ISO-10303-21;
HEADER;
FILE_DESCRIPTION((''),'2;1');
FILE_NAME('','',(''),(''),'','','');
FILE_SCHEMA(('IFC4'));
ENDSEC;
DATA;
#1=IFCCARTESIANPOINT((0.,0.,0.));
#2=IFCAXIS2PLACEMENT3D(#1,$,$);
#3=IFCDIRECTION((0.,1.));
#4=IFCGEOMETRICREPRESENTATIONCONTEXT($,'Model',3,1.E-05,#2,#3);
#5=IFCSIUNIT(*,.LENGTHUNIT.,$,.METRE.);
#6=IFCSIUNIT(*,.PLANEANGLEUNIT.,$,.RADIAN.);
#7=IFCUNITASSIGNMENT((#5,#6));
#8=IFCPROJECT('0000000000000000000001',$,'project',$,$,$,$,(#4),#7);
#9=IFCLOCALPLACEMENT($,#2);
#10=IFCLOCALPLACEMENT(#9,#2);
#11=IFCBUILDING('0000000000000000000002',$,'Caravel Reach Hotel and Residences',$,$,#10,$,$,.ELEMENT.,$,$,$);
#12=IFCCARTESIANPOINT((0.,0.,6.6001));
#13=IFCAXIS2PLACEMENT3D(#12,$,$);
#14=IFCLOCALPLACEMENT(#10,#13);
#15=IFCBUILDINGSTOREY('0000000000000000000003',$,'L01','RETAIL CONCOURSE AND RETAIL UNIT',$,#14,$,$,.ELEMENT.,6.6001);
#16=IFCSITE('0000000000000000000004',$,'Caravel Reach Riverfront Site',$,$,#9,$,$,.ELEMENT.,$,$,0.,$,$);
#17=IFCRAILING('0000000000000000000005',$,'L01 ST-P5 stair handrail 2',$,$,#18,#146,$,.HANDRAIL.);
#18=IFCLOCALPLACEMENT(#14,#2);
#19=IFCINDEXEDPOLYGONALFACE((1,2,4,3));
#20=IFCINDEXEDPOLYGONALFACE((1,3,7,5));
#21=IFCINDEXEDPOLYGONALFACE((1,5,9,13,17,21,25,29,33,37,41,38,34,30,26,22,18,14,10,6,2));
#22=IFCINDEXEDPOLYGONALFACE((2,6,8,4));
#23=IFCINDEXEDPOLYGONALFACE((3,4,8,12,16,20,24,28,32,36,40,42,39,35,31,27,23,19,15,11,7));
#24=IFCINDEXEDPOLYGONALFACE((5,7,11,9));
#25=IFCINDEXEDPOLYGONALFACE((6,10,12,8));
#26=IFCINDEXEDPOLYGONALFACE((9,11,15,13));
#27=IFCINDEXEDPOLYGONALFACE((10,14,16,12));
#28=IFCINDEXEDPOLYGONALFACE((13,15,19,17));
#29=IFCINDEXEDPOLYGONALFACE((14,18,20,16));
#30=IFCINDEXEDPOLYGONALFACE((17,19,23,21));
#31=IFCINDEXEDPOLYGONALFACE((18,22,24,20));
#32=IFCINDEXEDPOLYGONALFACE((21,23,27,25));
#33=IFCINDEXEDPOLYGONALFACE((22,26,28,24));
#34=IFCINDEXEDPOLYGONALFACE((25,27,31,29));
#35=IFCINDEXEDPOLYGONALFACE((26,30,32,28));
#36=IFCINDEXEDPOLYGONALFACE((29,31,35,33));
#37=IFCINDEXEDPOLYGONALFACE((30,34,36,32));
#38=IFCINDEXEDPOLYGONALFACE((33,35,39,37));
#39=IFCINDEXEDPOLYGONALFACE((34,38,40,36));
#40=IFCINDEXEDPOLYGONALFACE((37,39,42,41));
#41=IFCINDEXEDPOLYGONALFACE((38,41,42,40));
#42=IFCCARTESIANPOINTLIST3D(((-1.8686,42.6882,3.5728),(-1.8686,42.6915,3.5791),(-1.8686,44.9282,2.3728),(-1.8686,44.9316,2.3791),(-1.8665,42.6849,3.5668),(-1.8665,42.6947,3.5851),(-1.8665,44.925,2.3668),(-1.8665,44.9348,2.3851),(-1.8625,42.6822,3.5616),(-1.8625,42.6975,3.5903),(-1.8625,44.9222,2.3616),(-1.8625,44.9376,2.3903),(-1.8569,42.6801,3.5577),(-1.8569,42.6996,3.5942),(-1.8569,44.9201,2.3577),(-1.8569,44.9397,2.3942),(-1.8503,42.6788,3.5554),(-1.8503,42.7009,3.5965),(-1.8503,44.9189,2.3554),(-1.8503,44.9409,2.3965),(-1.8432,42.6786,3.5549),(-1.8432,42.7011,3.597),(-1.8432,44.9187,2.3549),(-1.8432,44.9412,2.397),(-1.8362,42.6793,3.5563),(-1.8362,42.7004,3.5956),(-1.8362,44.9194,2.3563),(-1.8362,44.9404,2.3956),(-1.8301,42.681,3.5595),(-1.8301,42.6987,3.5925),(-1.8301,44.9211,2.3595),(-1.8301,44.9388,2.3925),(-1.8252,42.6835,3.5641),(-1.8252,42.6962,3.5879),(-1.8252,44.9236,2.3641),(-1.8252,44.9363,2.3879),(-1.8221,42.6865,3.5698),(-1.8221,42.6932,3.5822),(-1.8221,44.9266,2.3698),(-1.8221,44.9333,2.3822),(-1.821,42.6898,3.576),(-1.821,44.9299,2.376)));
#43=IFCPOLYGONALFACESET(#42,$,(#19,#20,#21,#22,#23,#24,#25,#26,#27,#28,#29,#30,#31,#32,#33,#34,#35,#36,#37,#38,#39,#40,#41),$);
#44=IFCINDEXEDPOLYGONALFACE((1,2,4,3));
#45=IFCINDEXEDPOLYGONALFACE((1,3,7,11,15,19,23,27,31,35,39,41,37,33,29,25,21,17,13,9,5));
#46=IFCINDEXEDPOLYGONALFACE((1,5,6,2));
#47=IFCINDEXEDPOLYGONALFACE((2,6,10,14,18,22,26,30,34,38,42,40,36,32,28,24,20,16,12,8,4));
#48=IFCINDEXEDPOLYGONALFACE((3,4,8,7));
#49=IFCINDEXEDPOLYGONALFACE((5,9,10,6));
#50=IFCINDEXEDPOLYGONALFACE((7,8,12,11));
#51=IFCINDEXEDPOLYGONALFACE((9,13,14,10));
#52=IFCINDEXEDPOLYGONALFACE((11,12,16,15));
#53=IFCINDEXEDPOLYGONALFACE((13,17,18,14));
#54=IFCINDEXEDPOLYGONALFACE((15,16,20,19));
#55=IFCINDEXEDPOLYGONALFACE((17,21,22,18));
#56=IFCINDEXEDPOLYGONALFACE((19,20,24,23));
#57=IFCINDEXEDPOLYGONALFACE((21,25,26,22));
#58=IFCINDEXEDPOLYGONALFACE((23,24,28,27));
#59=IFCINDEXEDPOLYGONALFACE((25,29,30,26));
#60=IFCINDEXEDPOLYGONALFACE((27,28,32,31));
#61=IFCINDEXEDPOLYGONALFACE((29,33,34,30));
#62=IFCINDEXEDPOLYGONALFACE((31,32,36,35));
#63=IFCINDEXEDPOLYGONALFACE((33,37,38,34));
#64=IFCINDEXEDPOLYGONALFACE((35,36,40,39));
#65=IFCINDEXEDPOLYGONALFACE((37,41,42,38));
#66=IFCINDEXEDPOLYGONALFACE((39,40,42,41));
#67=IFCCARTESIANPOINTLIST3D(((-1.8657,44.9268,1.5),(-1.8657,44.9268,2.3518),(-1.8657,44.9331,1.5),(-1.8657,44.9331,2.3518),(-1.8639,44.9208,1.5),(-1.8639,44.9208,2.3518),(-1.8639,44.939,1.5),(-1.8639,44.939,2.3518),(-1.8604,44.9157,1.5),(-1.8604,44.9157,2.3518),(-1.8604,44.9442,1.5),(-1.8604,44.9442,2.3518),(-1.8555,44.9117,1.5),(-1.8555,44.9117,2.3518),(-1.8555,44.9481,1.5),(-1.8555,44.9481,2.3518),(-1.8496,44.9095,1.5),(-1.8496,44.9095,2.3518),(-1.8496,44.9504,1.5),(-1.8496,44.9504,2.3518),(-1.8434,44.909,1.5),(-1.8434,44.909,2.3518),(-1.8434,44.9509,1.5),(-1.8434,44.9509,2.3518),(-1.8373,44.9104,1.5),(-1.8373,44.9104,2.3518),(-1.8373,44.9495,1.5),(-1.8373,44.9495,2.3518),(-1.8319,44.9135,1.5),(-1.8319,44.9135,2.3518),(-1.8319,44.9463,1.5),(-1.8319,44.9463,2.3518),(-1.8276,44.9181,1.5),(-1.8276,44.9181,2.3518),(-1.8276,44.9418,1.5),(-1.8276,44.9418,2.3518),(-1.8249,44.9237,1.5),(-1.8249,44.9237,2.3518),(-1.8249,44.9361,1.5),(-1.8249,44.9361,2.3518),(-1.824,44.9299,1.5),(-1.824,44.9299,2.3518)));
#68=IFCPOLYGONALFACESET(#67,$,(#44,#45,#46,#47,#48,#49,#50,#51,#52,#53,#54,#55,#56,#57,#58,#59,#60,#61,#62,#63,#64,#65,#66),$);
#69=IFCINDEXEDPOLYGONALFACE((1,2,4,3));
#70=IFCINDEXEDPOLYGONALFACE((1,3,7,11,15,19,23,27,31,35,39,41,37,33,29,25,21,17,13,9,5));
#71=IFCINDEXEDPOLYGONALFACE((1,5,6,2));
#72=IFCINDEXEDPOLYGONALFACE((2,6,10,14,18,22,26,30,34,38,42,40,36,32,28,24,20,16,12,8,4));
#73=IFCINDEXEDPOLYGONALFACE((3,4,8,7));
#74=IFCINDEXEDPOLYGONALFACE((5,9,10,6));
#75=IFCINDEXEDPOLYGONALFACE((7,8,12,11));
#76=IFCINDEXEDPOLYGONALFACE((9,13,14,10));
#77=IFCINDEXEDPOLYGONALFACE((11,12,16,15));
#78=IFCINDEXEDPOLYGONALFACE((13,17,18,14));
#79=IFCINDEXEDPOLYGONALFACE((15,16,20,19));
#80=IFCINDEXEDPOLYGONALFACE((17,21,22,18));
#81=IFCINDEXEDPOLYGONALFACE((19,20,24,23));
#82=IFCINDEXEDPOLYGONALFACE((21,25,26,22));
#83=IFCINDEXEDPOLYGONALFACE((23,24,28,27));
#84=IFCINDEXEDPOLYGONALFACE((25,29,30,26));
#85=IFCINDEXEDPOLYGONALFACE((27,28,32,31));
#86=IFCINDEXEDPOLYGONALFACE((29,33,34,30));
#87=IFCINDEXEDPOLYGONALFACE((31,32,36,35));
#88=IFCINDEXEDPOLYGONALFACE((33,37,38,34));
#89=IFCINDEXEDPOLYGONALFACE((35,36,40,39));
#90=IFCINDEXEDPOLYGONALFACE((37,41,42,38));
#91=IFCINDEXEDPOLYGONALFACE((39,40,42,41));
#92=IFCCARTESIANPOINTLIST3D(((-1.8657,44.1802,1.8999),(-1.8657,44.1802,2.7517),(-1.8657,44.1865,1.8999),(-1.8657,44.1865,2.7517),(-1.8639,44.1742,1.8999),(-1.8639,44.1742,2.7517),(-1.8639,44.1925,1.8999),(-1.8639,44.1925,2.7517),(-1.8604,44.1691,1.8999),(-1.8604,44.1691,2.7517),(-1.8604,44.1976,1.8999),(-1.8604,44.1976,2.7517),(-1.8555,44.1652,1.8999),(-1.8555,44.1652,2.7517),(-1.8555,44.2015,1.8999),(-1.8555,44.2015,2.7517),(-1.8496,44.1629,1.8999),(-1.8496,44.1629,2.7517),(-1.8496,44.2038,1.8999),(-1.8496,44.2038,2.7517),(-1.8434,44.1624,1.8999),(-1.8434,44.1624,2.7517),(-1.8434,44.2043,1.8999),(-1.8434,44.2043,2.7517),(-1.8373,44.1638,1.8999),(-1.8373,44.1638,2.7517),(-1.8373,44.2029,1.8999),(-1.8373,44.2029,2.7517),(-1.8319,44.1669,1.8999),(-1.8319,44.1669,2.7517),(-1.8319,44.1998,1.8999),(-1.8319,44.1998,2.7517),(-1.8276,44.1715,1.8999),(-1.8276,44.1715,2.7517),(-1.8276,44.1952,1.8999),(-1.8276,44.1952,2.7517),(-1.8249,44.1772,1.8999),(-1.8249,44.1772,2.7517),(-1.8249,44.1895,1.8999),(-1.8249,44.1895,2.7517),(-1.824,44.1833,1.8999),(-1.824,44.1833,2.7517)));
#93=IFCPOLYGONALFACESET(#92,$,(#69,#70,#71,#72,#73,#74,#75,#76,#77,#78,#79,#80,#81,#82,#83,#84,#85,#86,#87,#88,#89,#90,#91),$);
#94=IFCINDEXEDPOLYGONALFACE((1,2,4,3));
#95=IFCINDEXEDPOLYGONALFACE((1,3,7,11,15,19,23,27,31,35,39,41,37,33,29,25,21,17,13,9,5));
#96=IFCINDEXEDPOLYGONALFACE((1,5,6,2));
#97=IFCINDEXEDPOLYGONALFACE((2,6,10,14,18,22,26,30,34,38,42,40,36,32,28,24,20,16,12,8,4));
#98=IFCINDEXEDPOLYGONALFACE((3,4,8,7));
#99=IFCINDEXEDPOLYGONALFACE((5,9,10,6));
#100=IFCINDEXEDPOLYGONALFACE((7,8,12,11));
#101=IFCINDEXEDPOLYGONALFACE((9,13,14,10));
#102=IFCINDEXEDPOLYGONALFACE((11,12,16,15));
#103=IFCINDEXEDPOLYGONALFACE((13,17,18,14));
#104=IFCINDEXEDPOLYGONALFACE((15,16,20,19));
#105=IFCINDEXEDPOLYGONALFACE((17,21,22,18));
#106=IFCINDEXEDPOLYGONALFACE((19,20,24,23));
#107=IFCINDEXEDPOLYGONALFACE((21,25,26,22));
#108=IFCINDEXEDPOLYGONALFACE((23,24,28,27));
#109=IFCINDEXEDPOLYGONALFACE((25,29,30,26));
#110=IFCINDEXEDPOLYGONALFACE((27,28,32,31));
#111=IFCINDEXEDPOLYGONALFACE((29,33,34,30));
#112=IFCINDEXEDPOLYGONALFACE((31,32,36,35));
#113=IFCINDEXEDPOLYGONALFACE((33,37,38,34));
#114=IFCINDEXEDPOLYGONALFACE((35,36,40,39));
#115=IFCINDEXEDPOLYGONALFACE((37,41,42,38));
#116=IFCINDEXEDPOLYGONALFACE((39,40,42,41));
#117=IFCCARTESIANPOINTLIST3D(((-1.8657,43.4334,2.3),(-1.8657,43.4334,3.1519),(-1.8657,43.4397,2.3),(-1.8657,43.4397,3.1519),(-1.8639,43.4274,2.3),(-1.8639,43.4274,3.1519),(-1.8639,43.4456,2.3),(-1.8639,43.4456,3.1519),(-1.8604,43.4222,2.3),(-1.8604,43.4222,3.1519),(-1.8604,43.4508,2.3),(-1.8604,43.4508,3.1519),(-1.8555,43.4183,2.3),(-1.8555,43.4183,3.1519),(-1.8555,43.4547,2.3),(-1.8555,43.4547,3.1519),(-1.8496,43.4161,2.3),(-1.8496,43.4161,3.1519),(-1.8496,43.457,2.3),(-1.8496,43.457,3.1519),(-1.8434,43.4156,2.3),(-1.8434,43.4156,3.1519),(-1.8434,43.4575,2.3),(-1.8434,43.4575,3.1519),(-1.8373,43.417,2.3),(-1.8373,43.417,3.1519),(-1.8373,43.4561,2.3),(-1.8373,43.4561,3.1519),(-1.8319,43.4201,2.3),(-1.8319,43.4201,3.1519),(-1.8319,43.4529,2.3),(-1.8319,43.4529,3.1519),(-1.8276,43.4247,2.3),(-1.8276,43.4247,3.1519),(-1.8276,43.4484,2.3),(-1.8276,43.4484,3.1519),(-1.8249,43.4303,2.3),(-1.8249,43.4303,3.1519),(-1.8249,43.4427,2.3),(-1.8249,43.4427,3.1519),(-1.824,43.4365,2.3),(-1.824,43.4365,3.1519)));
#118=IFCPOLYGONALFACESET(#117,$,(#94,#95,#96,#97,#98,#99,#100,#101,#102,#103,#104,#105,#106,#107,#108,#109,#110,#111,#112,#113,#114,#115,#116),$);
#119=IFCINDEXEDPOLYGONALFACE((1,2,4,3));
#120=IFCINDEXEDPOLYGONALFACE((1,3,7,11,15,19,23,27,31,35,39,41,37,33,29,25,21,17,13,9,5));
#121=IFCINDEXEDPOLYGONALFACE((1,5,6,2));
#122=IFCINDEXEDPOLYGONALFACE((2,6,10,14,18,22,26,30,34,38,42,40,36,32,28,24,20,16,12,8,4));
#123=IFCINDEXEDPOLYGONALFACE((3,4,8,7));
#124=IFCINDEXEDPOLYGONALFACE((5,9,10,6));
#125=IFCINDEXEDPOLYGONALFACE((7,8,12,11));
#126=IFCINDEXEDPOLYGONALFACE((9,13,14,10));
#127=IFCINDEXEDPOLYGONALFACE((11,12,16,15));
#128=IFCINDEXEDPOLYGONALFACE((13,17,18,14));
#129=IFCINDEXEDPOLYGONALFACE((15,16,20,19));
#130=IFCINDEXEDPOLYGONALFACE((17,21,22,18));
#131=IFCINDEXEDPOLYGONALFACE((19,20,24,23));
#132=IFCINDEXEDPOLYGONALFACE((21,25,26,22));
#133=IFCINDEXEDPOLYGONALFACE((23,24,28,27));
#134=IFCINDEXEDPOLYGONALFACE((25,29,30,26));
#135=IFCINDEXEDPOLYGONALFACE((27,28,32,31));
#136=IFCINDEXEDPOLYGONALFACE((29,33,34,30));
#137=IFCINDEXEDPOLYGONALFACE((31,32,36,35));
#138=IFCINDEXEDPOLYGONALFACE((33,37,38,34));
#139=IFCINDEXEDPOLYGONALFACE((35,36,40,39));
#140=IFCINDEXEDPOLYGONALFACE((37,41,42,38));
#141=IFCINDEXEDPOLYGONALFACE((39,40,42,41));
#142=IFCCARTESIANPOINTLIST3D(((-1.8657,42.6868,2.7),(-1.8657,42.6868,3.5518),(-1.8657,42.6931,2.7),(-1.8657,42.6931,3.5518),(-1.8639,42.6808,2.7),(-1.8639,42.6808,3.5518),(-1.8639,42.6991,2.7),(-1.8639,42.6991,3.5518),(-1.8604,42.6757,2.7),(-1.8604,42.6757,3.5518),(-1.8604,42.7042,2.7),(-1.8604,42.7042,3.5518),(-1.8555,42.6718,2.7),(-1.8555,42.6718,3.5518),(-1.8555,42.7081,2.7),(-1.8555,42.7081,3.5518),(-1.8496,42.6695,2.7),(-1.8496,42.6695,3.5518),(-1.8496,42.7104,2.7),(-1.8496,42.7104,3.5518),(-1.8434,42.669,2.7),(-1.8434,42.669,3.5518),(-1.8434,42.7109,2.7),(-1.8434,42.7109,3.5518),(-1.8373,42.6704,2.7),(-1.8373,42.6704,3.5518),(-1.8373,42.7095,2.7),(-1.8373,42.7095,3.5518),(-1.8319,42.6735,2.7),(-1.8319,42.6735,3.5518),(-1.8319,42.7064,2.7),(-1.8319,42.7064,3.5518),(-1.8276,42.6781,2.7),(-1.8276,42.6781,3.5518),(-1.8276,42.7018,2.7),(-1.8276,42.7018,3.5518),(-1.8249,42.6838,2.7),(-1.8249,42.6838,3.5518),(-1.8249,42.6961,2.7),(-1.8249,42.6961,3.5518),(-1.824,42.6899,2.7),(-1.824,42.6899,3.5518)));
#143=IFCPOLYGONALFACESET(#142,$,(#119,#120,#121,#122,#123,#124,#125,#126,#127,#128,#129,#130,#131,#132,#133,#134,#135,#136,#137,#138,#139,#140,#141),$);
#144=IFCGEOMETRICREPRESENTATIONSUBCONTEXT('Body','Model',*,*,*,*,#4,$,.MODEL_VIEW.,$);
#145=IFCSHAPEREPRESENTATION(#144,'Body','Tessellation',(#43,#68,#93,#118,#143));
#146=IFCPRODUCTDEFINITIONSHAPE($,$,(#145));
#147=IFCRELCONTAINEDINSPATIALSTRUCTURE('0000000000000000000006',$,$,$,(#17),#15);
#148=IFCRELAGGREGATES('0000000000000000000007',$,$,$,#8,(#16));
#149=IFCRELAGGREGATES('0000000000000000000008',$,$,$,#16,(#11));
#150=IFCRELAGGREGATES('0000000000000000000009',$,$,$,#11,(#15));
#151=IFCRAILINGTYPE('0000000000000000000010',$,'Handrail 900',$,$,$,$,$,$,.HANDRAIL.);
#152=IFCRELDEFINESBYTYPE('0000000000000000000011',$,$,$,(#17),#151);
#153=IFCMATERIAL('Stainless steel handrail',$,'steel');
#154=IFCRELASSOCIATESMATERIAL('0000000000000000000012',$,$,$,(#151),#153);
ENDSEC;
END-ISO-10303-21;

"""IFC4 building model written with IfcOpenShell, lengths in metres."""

from ifc_helpers import new_model, si_unit, direction, frame, origin, origin_2d, place, context, subcontext, project, spatial, circle, extrude, material, type_object, element, save


model = new_model("IFC4")

# Units and contexts
model_context = context("Model", 3, precision=1e-05, world=origin(), true_north=direction((0.0, 1.0)))
body_context = subcontext(model_context, "Body", "Model", "MODEL_VIEW")
ifc_project = project(units=[si_unit("LENGTHUNIT", "METRE"), si_unit("PLANEANGLEUNIT", "RADIAN")], contexts=[model_context])

# Site, building, storey
site_placement = place(None, origin())
site = spatial("IfcSite", under=ifc_project, at=site_placement, Name="Caravel Reach Riverfront Site", CompositionType="ELEMENT", RefElevation=0.0)
building_placement = place(site_placement, origin())
building = spatial("IfcBuilding", under=site, at=building_placement, Name="Caravel Reach Hotel and Residences", CompositionType="ELEMENT")
storey_placement = place(building_placement, frame((0.0, 0.0, 6.6001)))
storey = spatial("IfcBuildingStorey", under=building, at=storey_placement, Name="L01", Description="RETAIL CONCOURSE AND RETAIL UNIT", CompositionType="ELEMENT", Elevation=6.6001)

# Railing
ifc_material_1 = material(Name="Stainless steel handrail", Category="steel")
railing_type_1 = type_object("IfcRailingType", Name="Handrail 900", PredefinedType="HANDRAIL", material=ifc_material_1)
railing_1_placement = place(storey_placement, frame((-1.845, 44.9299, 1.5)))
element("IfcRailing", 1, at=railing_1_placement, inside=storey, type_object=railing_type_1, Name="L01 ST-P5 stair handrail 2", PredefinedType="HANDRAIL", context=body_context, shape_type="SweptSolid", body=[
    extrude(circle(Radius=0.0239, at=origin_2d()), frame((0.0, 0.0, 0.876), z_axis=(0.0, -0.881487, 0.472208), x_axis=(1.0, 0.0, 0.0)), (0.0, 0.0, 1.0), 2.5413),
    extrude(circle(Radius=0.021, at=origin_2d()), origin(), (0.0, 0.0, 1.0), 0.8518),
    extrude(circle(Radius=0.021, at=origin_2d()), frame((0.0, -0.7466, 0.3999)), (0.0, 0.0, 1.0), 0.8518),
    extrude(circle(Radius=0.021, at=origin_2d()), frame((0.0, -1.4934, 0.8)), (0.0, 0.0, 1.0), 0.8518),
    extrude(circle(Radius=0.021, at=origin_2d()), frame((0.0, -2.24, 1.2)), (0.0, 0.0, 1.0), 0.8518),
])

save(model, "model.ifc")
